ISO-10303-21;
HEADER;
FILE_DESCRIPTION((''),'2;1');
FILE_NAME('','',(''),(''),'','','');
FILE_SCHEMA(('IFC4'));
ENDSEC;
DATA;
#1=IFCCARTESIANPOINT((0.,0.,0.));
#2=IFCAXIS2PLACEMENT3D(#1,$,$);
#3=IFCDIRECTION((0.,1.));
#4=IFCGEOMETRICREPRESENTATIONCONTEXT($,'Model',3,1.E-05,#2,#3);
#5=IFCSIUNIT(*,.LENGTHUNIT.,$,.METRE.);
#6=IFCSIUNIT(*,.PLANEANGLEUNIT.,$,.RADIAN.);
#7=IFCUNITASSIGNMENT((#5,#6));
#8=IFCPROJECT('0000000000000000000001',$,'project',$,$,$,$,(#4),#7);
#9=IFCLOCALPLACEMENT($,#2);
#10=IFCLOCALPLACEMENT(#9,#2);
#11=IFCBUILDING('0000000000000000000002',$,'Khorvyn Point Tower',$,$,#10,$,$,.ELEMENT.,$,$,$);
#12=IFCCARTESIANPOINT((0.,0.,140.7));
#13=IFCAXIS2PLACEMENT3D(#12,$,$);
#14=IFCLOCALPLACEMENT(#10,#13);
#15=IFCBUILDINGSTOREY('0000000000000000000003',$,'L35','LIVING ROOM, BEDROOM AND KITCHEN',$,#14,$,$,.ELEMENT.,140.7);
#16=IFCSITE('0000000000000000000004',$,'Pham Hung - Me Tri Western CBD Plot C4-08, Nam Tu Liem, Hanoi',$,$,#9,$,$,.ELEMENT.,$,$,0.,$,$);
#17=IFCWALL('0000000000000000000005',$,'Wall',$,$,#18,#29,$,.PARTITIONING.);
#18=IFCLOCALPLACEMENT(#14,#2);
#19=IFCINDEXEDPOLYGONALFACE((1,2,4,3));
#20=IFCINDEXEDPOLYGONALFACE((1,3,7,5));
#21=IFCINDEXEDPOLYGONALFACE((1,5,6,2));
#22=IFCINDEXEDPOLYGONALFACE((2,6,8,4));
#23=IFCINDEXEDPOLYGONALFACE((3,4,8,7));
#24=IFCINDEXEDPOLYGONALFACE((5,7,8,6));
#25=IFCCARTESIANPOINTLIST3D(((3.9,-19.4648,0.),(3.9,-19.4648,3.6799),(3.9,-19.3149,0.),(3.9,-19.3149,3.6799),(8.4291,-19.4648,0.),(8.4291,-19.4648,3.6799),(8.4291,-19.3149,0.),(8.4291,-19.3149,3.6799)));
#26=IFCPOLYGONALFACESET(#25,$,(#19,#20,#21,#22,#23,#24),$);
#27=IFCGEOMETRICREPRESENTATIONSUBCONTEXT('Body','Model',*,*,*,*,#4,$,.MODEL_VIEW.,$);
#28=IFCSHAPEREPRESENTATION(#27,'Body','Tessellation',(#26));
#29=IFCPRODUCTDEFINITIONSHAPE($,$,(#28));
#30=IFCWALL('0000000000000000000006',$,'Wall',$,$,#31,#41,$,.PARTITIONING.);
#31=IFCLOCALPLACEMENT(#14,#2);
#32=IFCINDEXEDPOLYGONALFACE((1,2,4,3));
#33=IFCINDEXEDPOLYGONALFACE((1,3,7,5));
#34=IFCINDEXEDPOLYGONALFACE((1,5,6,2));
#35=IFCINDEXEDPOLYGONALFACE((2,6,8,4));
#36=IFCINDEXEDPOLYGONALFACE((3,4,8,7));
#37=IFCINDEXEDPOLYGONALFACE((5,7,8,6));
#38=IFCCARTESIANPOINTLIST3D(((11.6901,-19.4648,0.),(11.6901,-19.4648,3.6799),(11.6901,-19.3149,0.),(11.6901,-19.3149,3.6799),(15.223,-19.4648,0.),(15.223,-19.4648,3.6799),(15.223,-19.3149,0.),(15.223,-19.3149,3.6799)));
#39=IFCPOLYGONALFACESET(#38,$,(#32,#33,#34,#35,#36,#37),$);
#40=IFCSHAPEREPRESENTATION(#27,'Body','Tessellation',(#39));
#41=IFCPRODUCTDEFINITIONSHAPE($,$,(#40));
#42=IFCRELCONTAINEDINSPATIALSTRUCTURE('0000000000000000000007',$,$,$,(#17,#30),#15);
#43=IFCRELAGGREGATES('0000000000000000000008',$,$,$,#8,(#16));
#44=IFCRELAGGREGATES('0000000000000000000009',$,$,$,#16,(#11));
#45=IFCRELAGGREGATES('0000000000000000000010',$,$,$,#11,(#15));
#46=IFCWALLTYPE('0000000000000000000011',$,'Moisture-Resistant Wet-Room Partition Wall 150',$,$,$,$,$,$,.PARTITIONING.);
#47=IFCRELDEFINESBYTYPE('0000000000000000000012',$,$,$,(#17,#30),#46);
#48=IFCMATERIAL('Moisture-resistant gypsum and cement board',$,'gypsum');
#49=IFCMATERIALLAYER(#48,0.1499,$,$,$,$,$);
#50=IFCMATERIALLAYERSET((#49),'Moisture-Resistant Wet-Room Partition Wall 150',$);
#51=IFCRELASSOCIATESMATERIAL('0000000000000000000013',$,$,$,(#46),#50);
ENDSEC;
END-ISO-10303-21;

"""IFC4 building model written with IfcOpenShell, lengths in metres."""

from ifc_helpers import new_model, si_unit, direction, frame, frame_2d, origin, place, context, subcontext, project, spatial, rectangle, extrude, material, layer, layer_set, type_object, element, save


model = new_model("IFC4")

# Units and contexts
model_context = context("Model", 3, precision=1e-05, world=origin(), true_north=direction((0.0, 1.0)))
body_context = subcontext(model_context, "Body", "Model", "MODEL_VIEW")
ifc_project = project(units=[si_unit("LENGTHUNIT", "METRE"), si_unit("PLANEANGLEUNIT", "RADIAN")], contexts=[model_context])

# Site, building, storey
site_placement = place(None, origin())
site = spatial("IfcSite", under=ifc_project, at=site_placement, Name="Pham Hung - Me Tri Western CBD Plot C4-08, Nam Tu Liem, Hanoi", CompositionType="ELEMENT", RefElevation=0.0)
building_placement = place(site_placement, origin())
building = spatial("IfcBuilding", under=site, at=building_placement, Name="Khorvyn Point Tower", CompositionType="ELEMENT")
storey_placement = place(building_placement, frame((0.0, 0.0, 140.7)))
storey = spatial("IfcBuildingStorey", under=building, at=storey_placement, Name="L35", Description="LIVING ROOM, BEDROOM AND KITCHEN", CompositionType="ELEMENT", Elevation=140.7)

# Shared definitions
ifc_material_1 = material(Name="Moisture-resistant gypsum and cement board", Category="gypsum")
ifc_layer_1 = layer(ifc_material_1, 0.1499)
ifc_layer_set_1 = layer_set([ifc_layer_1], Name="Moisture-Resistant Wet-Room Partition Wall 150")
wall_type_1 = type_object("IfcWallType", Name="Moisture-Resistant Wet-Room Partition Wall 150", PredefinedType="PARTITIONING", material=ifc_layer_set_1)

# Walls
wall_1_placement = place(storey_placement, frame((3.8999, -19.3899, 0.0), z_axis=(0.0, 0.0, 1.0), x_axis=(1.0, 0.0, 0.0)))
element("IfcWall", 1, at=wall_1_placement, inside=storey, type_object=wall_type_1, Name="Wall", PredefinedType="PARTITIONING", context=body_context, shape_type="SweptSolid", body=[
    extrude(rectangle(XDim=4.5291, YDim=0.1499, at=frame_2d((2.2646, 0.0))), origin(), (0.0, 0.0, 1.0), 3.6799),
])
wall_2_placement = place(storey_placement, frame((11.6899, -19.3899, 0.0), z_axis=(0.0, 0.0, 1.0), x_axis=(1.0, 0.0, 0.0)))
element("IfcWall", 2, at=wall_2_placement, inside=storey, type_object=wall_type_1, Name="Wall", PredefinedType="PARTITIONING", context=body_context, shape_type="SweptSolid", body=[
    extrude(rectangle(XDim=3.533, YDim=0.1499, at=frame_2d((1.7666, 0.0))), origin(), (0.0, 0.0, 1.0), 3.6799),
])

save(model, "model.ifc")
